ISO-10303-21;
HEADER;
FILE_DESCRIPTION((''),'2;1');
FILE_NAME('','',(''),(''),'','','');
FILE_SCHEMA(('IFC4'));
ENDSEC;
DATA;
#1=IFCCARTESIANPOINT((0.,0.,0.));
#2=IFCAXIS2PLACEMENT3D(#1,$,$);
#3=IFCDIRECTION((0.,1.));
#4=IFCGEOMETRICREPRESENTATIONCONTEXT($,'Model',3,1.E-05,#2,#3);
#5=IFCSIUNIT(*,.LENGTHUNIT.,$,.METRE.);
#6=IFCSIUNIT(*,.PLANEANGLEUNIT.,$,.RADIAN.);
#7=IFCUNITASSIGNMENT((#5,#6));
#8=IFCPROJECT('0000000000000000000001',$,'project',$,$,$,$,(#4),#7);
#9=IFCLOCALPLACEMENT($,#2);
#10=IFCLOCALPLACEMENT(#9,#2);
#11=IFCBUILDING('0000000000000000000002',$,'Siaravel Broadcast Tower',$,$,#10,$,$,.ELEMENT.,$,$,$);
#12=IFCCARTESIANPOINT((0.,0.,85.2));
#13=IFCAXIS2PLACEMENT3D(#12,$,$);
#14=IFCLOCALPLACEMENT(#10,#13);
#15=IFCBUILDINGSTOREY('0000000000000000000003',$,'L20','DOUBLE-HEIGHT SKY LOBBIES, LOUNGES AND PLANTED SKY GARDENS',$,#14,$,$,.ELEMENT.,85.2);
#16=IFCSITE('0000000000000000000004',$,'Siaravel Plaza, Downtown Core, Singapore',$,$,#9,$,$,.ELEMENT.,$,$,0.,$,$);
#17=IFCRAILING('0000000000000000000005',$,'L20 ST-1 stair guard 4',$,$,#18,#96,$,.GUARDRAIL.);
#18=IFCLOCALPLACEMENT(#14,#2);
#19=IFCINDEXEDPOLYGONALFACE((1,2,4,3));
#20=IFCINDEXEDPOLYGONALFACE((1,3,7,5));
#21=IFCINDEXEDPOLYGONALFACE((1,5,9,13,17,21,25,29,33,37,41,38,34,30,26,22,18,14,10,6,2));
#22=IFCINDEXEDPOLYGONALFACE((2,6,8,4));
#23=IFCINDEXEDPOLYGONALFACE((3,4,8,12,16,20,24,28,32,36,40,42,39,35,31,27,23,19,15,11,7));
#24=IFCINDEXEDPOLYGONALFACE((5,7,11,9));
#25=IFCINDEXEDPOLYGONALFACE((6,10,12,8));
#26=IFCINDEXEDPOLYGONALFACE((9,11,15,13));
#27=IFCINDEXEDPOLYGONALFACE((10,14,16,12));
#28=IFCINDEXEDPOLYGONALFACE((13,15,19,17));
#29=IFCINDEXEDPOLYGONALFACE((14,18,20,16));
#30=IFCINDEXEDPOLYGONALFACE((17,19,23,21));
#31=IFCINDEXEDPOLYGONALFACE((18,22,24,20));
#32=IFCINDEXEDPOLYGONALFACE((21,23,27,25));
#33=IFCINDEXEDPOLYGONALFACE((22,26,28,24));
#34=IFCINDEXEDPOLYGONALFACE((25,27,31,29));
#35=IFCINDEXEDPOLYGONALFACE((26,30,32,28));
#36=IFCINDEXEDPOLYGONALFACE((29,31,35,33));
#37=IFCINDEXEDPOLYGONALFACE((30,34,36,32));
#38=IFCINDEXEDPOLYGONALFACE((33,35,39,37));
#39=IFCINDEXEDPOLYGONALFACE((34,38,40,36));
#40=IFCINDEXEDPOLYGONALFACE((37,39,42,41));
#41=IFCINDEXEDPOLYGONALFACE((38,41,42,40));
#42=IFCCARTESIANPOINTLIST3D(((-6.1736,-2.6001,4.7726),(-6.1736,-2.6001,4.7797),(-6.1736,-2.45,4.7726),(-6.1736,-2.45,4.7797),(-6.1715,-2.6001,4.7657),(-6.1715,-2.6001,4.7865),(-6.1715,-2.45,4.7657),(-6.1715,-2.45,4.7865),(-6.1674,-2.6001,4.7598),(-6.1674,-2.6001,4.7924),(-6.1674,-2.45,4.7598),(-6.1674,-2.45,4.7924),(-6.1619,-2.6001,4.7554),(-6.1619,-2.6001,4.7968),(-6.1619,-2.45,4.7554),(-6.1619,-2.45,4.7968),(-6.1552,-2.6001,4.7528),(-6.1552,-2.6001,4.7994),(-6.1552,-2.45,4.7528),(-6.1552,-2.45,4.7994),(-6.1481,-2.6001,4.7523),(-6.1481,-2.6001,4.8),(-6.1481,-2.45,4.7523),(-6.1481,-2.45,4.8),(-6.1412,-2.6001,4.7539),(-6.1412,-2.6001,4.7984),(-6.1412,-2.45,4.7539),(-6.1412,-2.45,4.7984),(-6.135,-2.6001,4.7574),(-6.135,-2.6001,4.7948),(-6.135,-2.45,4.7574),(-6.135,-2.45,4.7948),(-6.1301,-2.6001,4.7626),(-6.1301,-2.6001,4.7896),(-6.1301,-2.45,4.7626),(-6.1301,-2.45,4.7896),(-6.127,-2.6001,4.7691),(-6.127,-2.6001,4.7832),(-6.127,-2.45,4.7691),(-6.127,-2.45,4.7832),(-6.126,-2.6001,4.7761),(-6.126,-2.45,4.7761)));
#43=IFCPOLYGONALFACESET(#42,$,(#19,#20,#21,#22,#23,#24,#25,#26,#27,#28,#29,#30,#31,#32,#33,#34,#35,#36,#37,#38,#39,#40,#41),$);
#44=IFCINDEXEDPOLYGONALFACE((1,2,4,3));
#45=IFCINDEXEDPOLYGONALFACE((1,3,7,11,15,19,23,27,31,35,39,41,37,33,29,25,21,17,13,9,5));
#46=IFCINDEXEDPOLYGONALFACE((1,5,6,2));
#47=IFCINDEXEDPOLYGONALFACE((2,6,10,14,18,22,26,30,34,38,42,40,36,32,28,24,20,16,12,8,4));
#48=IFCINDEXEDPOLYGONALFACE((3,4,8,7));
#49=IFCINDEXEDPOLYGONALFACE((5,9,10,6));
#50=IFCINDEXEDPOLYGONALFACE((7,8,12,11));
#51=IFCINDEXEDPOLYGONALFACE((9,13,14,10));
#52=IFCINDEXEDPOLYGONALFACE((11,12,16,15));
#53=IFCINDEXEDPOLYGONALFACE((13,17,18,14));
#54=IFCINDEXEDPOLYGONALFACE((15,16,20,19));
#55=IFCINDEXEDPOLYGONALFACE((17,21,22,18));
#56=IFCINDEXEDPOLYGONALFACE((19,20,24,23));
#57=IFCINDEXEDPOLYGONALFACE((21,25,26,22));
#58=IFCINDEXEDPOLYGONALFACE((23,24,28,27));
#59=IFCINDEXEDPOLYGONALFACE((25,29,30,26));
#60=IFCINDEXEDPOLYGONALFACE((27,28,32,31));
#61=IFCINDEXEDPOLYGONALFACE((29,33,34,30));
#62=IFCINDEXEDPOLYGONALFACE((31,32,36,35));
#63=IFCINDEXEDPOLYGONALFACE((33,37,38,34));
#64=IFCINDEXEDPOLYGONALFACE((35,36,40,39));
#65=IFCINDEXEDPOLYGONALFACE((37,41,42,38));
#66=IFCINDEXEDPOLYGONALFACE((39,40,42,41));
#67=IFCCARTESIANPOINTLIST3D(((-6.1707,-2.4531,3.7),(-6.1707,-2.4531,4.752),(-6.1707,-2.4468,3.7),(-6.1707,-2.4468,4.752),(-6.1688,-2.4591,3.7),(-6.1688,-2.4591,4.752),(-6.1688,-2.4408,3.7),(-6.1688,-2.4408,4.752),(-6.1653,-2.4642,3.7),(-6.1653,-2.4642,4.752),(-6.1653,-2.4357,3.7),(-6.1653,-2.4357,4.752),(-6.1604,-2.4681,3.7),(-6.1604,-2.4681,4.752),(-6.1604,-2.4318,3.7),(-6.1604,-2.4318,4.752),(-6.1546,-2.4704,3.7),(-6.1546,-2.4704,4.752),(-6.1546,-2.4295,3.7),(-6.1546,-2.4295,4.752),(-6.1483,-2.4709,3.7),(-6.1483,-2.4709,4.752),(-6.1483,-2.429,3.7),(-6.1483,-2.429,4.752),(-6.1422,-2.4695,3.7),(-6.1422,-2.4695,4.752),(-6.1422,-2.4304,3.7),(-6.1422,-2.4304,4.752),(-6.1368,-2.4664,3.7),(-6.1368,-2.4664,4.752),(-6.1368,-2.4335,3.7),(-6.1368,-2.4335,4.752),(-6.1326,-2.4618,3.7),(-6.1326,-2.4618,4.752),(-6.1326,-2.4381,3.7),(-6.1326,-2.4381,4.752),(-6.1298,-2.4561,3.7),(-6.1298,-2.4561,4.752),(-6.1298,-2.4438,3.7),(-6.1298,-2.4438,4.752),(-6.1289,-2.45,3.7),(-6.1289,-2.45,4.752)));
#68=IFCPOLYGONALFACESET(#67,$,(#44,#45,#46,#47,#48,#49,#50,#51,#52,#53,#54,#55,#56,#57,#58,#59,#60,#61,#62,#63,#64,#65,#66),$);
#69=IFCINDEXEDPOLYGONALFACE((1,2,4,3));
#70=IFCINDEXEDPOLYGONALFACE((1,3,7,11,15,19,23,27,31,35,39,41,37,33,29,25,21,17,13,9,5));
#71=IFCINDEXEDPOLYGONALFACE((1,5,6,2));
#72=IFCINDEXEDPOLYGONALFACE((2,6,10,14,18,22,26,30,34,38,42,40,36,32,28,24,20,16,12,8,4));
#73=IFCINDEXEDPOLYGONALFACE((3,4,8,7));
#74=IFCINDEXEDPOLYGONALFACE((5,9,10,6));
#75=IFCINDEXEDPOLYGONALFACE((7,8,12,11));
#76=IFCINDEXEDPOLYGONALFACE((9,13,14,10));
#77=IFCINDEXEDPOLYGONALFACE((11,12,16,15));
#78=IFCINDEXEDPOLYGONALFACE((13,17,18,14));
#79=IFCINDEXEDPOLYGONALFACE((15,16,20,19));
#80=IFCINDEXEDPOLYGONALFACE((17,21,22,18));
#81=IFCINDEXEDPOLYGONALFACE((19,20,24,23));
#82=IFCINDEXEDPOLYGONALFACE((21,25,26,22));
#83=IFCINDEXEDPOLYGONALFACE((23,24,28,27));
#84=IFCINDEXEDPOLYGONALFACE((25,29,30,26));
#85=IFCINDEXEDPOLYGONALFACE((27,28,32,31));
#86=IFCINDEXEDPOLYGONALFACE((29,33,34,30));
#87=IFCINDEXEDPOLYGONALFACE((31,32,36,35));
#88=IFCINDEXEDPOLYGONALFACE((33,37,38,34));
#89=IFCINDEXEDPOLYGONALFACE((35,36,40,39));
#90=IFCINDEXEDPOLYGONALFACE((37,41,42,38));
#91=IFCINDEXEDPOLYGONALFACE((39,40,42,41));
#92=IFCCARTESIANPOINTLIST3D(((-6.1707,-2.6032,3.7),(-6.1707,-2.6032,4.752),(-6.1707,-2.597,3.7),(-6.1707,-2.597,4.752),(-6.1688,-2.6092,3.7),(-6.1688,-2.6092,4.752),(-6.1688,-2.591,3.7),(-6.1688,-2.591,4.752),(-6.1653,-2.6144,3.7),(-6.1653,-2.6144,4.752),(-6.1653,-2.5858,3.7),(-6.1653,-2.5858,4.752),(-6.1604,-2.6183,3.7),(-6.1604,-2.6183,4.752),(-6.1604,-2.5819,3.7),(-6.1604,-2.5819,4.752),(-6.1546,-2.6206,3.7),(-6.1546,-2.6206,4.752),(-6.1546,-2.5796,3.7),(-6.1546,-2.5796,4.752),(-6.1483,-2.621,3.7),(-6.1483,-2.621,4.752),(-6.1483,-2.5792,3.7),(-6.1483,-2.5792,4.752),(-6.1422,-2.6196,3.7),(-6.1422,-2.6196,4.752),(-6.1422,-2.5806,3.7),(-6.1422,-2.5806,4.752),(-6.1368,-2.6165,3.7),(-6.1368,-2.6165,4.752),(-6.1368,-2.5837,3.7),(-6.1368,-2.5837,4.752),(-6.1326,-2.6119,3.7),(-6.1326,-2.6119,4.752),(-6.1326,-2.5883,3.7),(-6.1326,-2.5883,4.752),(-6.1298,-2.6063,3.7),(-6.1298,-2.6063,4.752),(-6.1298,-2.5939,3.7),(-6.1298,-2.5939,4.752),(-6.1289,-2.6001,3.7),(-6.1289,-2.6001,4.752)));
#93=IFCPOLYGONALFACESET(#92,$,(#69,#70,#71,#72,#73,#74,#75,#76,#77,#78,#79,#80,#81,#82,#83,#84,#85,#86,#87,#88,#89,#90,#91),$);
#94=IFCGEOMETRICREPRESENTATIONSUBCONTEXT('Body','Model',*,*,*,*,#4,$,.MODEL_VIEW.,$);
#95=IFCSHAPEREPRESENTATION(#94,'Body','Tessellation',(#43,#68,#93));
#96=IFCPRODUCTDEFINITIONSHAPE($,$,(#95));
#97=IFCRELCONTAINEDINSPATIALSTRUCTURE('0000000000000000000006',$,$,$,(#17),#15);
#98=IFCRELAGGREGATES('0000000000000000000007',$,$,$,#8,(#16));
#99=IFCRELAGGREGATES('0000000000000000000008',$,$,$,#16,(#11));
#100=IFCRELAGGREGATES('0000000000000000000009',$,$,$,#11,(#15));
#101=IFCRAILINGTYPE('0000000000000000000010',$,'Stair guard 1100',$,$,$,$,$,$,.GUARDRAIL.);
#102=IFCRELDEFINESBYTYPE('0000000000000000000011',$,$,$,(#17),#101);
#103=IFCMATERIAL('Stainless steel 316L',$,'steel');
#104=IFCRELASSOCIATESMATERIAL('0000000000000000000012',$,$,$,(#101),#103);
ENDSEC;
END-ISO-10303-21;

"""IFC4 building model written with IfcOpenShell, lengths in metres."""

from ifc_helpers import new_model, si_unit, direction, frame, origin, origin_2d, place, context, subcontext, project, spatial, circle, extrude, material, type_object, element, save


model = new_model("IFC4")

# Units and contexts
model_context = context("Model", 3, precision=1e-05, world=origin(), true_north=direction((0.0, 1.0)))
body_context = subcontext(model_context, "Body", "Model", "MODEL_VIEW")
ifc_project = project(units=[si_unit("LENGTHUNIT", "METRE"), si_unit("PLANEANGLEUNIT", "RADIAN")], contexts=[model_context])

# Site, building, storey
site_placement = place(None, origin())
site = spatial("IfcSite", under=ifc_project, at=site_placement, Name="Siaravel Plaza, Downtown Core, Singapore", CompositionType="ELEMENT", RefElevation=0.0)
building_placement = place(site_placement, origin())
building = spatial("IfcBuilding", under=site, at=building_placement, Name="Siaravel Broadcast Tower", CompositionType="ELEMENT")
storey_placement = place(building_placement, frame((0.0, 0.0, 85.2)))
storey = spatial("IfcBuildingStorey", under=building, at=storey_placement, Name="L20", Description="DOUBLE-HEIGHT SKY LOBBIES, LOUNGES AND PLANTED SKY GARDENS", CompositionType="ELEMENT", Elevation=85.2)

# Railing
ifc_material_1 = material(Name="Stainless steel 316L", Category="steel")
railing_type_1 = type_object("IfcRailingType", Name="Stair guard 1100", PredefinedType="GUARDRAIL", material=ifc_material_1)
railing_1_placement = place(storey_placement, frame((-6.1499, -2.45, 3.7)))
element("IfcRailing", 1, at=railing_1_placement, inside=storey, type_object=railing_type_1, Name="L20 ST-1 stair guard 4", PredefinedType="GUARDRAIL", context=body_context, shape_type="SweptSolid", body=[
    extrude(circle(Radius=0.0239, at=origin_2d()), frame((0.0, 0.0, 1.0762), z_axis=(0.0, -1.0, 0.0), x_axis=(1.0, 0.0, 0.0)), (0.0, 0.0, 1.0), 0.1501),
    extrude(circle(Radius=0.021, at=origin_2d()), origin(), (0.0, 0.0, 1.0), 1.052),
    extrude(circle(Radius=0.021, at=origin_2d()), frame((0.0, -0.1501, 0.0)), (0.0, 0.0, 1.0), 1.052),
])

save(model, "model.ifc")
